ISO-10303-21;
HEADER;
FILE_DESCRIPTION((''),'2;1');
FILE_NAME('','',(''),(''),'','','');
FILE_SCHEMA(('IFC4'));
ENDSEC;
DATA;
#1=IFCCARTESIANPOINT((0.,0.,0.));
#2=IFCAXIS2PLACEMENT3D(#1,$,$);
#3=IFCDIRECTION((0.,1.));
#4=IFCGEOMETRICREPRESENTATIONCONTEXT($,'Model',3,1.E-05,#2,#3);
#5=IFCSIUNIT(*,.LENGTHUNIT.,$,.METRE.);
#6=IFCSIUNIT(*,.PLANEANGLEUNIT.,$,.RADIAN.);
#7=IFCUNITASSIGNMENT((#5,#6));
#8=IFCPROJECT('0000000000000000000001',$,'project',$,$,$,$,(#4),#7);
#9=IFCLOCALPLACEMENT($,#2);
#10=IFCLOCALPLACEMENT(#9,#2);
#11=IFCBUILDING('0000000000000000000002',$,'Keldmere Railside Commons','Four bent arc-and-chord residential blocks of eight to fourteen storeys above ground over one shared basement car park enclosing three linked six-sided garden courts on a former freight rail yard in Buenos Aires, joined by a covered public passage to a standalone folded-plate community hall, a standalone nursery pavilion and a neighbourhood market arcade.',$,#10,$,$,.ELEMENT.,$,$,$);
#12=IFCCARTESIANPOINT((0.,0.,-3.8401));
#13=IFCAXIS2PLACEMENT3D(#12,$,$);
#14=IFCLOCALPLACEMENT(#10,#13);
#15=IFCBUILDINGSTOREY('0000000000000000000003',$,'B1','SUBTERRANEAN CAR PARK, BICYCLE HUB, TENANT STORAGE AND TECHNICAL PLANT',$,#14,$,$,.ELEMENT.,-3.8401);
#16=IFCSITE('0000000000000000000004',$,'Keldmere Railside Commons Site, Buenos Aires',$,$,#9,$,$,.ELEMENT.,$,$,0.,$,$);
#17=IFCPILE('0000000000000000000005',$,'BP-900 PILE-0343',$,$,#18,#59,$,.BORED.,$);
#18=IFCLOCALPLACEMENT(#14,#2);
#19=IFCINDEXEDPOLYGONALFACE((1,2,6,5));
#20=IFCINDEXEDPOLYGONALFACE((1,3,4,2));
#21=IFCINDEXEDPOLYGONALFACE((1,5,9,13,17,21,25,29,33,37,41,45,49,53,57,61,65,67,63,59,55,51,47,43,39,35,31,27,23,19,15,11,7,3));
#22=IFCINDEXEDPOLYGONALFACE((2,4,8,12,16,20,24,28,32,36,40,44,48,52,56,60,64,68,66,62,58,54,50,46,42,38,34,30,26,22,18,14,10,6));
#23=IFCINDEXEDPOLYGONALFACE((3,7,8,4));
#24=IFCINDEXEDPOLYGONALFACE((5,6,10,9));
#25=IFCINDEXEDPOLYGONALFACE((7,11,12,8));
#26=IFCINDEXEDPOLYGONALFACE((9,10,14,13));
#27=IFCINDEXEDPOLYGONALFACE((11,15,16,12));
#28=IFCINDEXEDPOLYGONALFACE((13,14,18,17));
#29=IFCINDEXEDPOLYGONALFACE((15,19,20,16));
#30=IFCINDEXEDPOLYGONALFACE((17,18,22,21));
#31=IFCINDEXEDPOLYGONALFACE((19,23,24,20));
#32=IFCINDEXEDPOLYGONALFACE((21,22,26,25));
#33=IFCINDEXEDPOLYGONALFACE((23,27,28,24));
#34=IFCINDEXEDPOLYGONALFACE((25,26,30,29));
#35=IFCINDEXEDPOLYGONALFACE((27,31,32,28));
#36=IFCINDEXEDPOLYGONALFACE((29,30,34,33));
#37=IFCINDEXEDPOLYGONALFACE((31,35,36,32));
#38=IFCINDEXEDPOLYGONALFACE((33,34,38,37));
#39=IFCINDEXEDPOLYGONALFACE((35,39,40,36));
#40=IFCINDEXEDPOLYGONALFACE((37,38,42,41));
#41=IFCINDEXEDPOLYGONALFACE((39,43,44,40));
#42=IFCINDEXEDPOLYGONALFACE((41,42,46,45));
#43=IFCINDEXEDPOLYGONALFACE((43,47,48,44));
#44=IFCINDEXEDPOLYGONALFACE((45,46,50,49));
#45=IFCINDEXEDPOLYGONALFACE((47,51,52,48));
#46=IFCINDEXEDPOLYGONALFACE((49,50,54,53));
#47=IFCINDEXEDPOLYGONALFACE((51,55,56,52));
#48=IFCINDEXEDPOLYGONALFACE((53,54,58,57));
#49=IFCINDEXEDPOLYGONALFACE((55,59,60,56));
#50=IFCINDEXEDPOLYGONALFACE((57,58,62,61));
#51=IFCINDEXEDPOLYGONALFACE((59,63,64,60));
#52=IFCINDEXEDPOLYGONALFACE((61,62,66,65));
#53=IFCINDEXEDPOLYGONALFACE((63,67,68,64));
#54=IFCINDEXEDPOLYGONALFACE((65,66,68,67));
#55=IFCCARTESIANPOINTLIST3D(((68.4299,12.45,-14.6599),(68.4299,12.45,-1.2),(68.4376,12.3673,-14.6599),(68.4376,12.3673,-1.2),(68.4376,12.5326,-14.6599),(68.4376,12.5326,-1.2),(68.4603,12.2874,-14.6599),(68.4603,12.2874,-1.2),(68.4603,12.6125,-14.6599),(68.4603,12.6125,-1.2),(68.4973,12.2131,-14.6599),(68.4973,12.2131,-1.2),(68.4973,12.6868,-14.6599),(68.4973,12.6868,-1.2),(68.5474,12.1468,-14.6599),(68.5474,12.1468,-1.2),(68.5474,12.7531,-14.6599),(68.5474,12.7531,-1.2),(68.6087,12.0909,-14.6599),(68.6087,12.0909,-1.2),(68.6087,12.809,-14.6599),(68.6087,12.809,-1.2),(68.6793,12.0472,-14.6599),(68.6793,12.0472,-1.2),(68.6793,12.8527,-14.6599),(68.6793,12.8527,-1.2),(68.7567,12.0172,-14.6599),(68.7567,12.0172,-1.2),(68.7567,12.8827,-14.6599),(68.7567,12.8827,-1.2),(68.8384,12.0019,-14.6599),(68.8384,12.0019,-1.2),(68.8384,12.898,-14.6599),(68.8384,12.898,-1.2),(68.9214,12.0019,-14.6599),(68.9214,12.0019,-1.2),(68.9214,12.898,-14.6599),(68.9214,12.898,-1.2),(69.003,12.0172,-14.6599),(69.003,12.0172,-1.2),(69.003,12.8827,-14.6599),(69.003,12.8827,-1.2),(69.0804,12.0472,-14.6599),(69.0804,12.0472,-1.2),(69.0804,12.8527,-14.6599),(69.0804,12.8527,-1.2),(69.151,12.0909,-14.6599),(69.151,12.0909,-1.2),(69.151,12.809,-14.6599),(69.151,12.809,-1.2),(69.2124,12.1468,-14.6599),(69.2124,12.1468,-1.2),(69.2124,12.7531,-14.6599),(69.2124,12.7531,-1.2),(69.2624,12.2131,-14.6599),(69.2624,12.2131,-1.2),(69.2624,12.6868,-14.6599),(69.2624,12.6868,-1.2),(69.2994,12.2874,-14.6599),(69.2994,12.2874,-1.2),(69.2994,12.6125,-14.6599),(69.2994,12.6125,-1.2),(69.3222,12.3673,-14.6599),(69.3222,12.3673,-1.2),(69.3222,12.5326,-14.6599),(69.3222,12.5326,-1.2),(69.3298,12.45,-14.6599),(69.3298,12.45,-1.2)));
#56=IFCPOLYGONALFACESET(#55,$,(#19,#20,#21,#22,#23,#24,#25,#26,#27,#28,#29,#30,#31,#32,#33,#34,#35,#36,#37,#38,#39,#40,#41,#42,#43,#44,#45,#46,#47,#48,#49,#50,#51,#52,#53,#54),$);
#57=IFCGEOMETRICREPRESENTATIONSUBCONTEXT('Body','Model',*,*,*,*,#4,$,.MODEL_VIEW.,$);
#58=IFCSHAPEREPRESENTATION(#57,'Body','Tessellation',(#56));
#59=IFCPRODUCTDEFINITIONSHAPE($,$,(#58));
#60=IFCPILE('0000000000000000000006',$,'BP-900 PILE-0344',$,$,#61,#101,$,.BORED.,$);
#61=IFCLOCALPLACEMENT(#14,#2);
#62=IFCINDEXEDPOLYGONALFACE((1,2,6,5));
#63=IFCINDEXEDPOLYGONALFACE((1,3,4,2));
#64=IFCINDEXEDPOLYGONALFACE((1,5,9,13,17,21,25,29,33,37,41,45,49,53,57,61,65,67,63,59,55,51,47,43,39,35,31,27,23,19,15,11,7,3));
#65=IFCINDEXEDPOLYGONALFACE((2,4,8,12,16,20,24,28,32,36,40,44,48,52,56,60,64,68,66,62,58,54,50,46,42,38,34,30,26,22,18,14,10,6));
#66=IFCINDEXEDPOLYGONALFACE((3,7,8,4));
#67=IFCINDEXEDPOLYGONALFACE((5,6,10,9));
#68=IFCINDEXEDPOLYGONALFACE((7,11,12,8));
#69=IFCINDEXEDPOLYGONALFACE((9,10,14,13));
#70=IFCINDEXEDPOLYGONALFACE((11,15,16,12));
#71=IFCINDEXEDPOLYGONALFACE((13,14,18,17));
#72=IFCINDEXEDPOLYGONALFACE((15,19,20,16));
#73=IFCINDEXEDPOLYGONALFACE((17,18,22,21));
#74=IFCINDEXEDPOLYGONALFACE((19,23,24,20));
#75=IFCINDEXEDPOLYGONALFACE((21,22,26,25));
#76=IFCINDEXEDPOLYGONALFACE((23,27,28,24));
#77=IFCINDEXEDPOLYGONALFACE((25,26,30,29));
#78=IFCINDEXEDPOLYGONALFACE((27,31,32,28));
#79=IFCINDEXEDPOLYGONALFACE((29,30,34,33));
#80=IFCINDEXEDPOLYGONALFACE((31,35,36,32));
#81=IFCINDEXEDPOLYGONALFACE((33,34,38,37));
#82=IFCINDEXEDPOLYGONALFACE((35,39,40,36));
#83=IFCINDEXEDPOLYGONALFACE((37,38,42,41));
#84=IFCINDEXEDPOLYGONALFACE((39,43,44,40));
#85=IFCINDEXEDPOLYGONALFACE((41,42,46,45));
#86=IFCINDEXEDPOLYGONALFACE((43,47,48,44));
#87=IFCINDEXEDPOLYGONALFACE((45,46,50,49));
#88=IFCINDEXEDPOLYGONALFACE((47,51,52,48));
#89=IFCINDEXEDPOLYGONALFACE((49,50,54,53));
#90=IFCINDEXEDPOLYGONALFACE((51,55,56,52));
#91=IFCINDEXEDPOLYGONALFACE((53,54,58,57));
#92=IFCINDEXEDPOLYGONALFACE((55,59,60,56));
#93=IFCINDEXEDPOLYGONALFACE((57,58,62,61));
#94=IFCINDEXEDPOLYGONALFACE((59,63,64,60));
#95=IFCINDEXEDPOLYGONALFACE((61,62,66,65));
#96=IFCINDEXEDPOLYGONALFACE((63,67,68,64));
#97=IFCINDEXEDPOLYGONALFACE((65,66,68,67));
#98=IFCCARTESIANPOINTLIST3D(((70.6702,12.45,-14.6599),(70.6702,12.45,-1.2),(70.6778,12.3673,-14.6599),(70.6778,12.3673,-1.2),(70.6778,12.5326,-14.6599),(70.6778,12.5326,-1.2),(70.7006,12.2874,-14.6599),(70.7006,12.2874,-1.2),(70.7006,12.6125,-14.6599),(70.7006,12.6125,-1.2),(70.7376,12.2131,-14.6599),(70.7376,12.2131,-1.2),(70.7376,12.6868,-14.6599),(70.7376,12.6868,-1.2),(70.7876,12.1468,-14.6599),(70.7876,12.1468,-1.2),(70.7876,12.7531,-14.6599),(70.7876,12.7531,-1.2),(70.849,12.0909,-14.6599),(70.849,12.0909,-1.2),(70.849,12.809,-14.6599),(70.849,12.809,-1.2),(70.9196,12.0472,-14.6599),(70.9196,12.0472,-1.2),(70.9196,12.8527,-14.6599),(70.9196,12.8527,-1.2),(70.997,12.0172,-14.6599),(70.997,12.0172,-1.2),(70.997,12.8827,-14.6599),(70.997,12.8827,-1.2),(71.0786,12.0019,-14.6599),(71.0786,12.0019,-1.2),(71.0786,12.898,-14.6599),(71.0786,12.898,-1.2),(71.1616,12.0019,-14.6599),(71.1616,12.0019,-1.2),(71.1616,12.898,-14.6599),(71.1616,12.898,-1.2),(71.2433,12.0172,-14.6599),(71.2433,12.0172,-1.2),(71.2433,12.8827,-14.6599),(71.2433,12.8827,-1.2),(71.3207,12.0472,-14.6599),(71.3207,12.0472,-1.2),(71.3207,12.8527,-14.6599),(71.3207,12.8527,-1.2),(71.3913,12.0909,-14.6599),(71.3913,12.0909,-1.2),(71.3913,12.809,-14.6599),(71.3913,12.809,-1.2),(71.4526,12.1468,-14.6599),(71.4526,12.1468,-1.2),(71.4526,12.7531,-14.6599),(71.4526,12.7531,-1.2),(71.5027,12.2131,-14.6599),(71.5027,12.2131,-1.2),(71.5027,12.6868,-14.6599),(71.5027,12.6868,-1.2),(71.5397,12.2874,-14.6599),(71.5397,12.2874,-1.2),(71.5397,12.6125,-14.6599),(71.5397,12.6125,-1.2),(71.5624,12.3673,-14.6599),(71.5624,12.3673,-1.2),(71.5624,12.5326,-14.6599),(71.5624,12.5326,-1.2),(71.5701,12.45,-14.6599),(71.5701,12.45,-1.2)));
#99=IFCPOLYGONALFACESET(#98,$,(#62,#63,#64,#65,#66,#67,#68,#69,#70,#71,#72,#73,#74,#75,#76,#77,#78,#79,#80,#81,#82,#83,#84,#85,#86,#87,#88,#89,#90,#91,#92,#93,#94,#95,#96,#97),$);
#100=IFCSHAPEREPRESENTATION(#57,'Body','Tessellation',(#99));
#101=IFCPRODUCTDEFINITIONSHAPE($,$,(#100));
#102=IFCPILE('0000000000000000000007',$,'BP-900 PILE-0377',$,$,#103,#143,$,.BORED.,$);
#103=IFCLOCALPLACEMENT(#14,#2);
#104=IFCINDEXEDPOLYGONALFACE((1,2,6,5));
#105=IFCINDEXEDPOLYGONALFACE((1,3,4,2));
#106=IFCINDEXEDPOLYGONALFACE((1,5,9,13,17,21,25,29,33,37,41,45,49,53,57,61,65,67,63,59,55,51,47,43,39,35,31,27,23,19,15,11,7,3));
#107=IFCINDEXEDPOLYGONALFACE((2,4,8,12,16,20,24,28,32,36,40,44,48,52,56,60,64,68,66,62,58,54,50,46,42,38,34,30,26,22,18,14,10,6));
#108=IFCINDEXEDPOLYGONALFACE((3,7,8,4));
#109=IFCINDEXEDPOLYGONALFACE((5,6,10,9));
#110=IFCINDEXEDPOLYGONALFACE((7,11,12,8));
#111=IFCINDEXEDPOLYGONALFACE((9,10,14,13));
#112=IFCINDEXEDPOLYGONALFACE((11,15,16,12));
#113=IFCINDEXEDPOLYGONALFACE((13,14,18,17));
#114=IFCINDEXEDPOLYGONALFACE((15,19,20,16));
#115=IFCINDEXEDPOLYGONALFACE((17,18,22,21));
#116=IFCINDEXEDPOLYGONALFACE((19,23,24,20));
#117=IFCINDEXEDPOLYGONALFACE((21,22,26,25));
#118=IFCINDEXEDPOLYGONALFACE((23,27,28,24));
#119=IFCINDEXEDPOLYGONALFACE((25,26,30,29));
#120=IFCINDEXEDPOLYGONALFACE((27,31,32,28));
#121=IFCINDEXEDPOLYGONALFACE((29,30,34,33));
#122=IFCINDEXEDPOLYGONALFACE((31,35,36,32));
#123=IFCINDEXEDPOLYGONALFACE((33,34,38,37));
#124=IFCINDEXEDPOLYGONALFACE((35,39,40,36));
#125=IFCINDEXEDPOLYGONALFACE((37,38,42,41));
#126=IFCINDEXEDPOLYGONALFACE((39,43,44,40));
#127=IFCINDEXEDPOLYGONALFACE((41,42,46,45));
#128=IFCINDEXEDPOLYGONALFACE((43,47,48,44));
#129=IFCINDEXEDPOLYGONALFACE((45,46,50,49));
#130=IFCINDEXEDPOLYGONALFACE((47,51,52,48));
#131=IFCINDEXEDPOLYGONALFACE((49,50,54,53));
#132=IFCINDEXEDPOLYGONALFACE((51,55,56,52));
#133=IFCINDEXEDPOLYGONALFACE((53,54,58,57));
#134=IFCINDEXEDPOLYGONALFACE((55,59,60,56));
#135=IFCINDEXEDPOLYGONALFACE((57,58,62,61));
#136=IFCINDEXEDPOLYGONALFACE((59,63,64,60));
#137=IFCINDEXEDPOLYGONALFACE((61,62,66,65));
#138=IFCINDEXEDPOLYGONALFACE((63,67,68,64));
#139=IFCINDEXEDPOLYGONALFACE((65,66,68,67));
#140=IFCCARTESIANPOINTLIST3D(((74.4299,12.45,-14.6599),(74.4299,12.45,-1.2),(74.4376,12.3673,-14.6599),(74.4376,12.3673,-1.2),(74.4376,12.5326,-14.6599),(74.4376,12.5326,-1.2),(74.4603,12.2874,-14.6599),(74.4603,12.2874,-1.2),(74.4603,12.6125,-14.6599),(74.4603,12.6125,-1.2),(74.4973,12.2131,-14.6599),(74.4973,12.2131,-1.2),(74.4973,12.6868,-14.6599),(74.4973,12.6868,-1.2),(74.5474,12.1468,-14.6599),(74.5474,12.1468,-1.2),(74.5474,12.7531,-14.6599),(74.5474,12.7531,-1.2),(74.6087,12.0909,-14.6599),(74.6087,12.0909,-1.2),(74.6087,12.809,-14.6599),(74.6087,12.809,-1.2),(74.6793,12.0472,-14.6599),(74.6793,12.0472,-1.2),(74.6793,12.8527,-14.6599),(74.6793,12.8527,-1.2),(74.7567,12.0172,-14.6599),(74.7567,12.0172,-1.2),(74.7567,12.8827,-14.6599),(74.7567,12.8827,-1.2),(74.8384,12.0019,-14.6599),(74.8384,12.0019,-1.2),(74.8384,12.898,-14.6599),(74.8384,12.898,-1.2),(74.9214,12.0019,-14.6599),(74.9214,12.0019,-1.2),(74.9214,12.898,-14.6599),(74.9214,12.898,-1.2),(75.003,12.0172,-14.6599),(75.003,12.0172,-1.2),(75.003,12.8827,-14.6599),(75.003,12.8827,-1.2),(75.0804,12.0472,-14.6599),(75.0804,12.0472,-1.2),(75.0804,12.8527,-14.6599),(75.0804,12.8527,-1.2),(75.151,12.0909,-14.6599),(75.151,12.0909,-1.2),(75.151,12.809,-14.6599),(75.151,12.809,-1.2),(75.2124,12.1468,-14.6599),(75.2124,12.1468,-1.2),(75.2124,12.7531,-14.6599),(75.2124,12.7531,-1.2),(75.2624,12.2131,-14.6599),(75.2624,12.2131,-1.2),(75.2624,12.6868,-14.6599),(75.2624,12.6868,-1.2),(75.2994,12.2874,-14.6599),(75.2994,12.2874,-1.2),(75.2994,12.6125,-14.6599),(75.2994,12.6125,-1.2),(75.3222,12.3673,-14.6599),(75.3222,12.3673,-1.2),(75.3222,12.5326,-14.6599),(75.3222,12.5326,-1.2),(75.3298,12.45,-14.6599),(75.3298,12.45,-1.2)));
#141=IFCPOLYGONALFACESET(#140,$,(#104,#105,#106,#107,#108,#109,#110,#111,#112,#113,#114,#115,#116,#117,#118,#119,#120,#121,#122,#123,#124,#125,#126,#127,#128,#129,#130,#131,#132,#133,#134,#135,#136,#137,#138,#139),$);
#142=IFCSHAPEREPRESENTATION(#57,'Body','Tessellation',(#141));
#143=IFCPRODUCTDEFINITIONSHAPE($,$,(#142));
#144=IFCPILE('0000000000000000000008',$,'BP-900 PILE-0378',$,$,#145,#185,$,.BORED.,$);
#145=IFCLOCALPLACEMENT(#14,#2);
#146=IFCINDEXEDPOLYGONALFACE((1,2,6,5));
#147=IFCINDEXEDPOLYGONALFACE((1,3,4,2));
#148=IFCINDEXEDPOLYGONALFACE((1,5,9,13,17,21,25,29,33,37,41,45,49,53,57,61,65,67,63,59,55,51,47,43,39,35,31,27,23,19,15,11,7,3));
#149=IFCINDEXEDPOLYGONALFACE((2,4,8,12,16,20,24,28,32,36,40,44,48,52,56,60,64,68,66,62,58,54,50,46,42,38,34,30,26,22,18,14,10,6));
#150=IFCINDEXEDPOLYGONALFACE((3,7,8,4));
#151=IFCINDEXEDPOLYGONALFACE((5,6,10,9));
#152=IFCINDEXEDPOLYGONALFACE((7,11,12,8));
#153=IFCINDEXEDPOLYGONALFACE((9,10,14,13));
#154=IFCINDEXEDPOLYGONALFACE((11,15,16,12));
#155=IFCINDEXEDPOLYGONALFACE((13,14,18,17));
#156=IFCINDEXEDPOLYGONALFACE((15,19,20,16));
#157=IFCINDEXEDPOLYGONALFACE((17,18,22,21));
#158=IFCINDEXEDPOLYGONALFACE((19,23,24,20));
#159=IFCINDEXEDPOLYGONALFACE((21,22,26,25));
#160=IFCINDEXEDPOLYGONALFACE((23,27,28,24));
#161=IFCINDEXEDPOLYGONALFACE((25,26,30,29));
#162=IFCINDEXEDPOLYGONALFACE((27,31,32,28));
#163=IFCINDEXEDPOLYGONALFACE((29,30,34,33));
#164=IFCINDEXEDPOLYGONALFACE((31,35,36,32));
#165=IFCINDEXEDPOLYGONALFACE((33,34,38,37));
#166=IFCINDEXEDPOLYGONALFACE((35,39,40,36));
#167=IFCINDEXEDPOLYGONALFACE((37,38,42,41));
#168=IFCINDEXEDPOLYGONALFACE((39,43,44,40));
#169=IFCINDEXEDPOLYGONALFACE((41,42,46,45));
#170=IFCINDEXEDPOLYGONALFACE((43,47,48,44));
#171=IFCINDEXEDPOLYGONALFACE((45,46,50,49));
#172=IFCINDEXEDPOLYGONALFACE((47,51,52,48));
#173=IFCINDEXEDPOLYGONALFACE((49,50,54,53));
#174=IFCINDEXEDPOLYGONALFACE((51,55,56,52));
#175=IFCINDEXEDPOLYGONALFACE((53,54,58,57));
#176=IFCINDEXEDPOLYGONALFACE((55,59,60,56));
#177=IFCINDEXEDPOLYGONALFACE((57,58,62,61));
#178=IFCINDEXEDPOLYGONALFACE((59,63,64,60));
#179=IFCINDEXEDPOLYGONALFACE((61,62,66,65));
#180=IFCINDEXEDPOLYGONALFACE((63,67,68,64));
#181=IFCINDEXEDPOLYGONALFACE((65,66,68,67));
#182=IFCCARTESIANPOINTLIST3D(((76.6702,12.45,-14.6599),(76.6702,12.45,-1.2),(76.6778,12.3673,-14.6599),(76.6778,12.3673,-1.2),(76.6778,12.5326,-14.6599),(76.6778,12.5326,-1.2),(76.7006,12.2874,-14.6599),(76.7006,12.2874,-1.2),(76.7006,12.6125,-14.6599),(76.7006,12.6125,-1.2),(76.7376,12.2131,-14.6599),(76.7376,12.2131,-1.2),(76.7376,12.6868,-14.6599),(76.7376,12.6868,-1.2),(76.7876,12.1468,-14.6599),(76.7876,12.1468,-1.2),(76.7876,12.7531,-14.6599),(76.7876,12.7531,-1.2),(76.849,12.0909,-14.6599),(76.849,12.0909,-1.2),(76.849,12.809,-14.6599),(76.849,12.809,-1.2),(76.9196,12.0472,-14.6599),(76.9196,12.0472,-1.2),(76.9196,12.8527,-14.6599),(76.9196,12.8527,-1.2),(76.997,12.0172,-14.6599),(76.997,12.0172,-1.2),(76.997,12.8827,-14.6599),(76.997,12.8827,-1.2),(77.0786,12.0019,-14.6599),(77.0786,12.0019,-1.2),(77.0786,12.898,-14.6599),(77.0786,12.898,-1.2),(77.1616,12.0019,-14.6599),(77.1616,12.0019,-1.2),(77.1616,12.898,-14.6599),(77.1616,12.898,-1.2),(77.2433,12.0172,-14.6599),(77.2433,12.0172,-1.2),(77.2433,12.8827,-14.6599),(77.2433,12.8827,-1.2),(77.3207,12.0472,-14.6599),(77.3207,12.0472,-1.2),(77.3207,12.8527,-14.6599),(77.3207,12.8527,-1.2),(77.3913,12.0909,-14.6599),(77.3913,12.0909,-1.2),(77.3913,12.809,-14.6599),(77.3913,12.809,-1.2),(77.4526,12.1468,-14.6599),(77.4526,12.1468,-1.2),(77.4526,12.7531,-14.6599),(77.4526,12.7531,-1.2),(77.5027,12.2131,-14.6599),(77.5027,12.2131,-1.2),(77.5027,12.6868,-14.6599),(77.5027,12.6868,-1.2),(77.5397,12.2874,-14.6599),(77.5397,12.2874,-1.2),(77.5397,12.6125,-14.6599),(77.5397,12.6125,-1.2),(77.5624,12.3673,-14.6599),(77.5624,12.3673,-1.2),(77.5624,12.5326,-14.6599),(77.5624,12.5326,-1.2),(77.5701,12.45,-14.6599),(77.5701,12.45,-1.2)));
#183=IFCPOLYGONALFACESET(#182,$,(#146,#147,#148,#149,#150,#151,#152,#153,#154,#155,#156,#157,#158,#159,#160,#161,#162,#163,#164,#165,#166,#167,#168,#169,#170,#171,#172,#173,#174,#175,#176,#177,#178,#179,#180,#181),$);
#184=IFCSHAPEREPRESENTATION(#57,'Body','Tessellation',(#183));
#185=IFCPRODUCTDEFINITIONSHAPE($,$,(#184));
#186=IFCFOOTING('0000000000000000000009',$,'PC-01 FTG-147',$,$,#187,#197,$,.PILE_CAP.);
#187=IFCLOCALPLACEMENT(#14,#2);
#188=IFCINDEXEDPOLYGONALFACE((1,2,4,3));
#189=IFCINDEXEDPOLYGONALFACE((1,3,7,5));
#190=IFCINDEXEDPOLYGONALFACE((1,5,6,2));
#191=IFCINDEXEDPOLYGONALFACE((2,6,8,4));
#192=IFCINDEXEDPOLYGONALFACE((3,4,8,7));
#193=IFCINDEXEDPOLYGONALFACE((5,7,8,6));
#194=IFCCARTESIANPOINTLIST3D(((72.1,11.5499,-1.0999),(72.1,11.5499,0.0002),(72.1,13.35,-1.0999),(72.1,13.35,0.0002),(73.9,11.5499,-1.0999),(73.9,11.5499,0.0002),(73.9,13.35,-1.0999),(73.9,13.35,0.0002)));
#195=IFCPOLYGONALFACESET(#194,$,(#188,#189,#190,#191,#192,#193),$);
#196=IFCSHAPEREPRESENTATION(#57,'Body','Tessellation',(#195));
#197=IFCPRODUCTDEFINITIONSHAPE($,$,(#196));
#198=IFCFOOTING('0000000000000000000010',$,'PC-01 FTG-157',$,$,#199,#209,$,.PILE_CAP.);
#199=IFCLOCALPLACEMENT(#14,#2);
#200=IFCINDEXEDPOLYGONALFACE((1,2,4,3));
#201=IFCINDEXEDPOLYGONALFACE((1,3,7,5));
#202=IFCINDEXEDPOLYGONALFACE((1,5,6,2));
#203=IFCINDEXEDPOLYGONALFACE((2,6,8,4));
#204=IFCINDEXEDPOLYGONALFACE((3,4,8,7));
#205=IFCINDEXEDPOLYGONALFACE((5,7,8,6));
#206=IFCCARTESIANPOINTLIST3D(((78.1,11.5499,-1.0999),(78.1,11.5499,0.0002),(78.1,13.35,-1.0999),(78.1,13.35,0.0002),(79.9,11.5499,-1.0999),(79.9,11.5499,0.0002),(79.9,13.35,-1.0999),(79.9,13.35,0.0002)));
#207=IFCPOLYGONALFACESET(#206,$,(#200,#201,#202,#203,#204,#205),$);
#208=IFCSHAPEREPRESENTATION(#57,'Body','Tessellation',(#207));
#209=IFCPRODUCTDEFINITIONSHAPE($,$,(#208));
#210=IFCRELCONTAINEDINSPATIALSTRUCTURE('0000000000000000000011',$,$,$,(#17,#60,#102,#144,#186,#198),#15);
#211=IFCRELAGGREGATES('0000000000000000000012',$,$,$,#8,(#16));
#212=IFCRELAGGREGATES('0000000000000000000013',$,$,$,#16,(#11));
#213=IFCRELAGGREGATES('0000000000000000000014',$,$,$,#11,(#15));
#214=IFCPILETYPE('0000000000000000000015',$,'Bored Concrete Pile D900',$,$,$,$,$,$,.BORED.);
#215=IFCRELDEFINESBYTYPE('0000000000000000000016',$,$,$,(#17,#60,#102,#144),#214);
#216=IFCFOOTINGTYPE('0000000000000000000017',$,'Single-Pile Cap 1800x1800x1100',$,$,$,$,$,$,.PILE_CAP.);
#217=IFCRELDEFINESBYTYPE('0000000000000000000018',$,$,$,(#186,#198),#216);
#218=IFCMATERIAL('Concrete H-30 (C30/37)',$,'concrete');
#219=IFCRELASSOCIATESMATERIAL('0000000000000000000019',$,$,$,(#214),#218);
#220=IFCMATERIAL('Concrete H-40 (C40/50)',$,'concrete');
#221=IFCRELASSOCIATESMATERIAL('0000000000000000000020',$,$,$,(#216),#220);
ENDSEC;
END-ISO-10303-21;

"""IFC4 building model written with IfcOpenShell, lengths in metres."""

from ifc_helpers import new_model, si_unit, direction, frame, origin, origin_2d, place, context, subcontext, project, spatial, rectangle, circle, extrude, material, material_profile, profile_set, type_object, element, save


model = new_model("IFC4")

# Units and contexts
model_context = context("Model", 3, precision=1e-05, world=origin(), true_north=direction((0.0, 1.0)))
body_context = subcontext(model_context, "Body", "Model", "MODEL_VIEW")
ifc_project = project(units=[si_unit("LENGTHUNIT", "METRE"), si_unit("PLANEANGLEUNIT", "RADIAN")], contexts=[model_context])

# Site, building, storey
site_placement = place(None, origin())
site = spatial("IfcSite", under=ifc_project, at=site_placement, Name="Keldmere Railside Commons Site, Buenos Aires", CompositionType="ELEMENT", RefElevation=0.0)
building_placement = place(site_placement, origin())
building = spatial("IfcBuilding", under=site, at=building_placement, Name="Keldmere Railside Commons", Description="Four bent arc-and-chord residential blocks of eight to fourteen storeys above ground over one shared basement car park enclosing three linked six-sided garden courts on a former freight rail yard in Buenos Aires, joined by a covered public passage to a standalone folded-plate community hall, a standalone nursery pavilion and a neighbourhood market arcade.", CompositionType="ELEMENT")
storey_placement = place(building_placement, frame((0.0, 0.0, -3.8401)))
storey = spatial("IfcBuildingStorey", under=building, at=storey_placement, Name="B1", Description="SUBTERRANEAN CAR PARK, BICYCLE HUB, TENANT STORAGE AND TECHNICAL PLANT", CompositionType="ELEMENT", Elevation=-3.8401)

# Piles
ifc_material_1 = material(Name="Concrete H-30 (C30/37)", Category="concrete")
ifc_material_profile_1 = material_profile(ifc_material_1, circle(Radius=0.45, at=origin_2d()), Name="PILE-D900")
ifc_profile_set_1 = profile_set([ifc_material_profile_1], Name="Concrete H-30 (C30/37)")
pile_type_1 = type_object("IfcPileType", Name="Bored Concrete Pile D900", PredefinedType="BORED", material=ifc_profile_set_1)
for number, where, z_axis, x_axis, name in (
    (1, (68.8799, 12.45, -1.2), (0.0, 0.0, -1.0), (1.0, 0.0, 0.0), "BP-900 PILE-0343"),
    (2, (71.1201, 12.45, -1.2), (0.0, 0.0, -1.0), (1.0, 0.0, 0.0), "BP-900 PILE-0344"),
    (3, (74.8799, 12.45, -1.2), (0.0, 0.0, -1.0), (1.0, 0.0, 0.0), "BP-900 PILE-0377"),
    (4, (77.1201, 12.45, -1.2), (0.0, 0.0, -1.0), (1.0, 0.0, 0.0), "BP-900 PILE-0378"),
):
    element("IfcPile", number, at=place(storey_placement, frame(where, z_axis=z_axis, x_axis=x_axis)), inside=storey, type_object=pile_type_1, Name=name, PredefinedType="BORED", context=body_context, shape_type="SweptSolid", body=[
        extrude(circle(Radius=0.45, at=origin_2d()), origin(), (0.0, 0.0, 1.0), 13.46),
    ])

# Footings
ifc_material_2 = material(Name="Concrete H-40 (C40/50)", Category="concrete")
footing_type_1 = type_object("IfcFootingType", Name="Single-Pile Cap 1800x1800x1100", PredefinedType="PILE_CAP", material=ifc_material_2)
for number, where, z_axis, x_axis, name in (
    (5, (73.0, 12.45, -1.0999), (0.0, 0.0, 1.0), (1.0, 0.0, 0.0), "PC-01 FTG-147"),
    (6, (79.0, 12.45, -1.0999), (0.0, 0.0, 1.0), (1.0, 0.0, 0.0), "PC-01 FTG-157"),
):
    element("IfcFooting", number, at=place(storey_placement, frame(where, z_axis=z_axis, x_axis=x_axis)), inside=storey, type_object=footing_type_1, Name=name, PredefinedType="PILE_CAP", context=body_context, shape_type="SweptSolid", body=[
        extrude(rectangle(XDim=1.8, YDim=1.8, at=origin_2d()), origin(), (0.0, 0.0, 1.0), 1.1001),
    ])

save(model, "model.ifc")
